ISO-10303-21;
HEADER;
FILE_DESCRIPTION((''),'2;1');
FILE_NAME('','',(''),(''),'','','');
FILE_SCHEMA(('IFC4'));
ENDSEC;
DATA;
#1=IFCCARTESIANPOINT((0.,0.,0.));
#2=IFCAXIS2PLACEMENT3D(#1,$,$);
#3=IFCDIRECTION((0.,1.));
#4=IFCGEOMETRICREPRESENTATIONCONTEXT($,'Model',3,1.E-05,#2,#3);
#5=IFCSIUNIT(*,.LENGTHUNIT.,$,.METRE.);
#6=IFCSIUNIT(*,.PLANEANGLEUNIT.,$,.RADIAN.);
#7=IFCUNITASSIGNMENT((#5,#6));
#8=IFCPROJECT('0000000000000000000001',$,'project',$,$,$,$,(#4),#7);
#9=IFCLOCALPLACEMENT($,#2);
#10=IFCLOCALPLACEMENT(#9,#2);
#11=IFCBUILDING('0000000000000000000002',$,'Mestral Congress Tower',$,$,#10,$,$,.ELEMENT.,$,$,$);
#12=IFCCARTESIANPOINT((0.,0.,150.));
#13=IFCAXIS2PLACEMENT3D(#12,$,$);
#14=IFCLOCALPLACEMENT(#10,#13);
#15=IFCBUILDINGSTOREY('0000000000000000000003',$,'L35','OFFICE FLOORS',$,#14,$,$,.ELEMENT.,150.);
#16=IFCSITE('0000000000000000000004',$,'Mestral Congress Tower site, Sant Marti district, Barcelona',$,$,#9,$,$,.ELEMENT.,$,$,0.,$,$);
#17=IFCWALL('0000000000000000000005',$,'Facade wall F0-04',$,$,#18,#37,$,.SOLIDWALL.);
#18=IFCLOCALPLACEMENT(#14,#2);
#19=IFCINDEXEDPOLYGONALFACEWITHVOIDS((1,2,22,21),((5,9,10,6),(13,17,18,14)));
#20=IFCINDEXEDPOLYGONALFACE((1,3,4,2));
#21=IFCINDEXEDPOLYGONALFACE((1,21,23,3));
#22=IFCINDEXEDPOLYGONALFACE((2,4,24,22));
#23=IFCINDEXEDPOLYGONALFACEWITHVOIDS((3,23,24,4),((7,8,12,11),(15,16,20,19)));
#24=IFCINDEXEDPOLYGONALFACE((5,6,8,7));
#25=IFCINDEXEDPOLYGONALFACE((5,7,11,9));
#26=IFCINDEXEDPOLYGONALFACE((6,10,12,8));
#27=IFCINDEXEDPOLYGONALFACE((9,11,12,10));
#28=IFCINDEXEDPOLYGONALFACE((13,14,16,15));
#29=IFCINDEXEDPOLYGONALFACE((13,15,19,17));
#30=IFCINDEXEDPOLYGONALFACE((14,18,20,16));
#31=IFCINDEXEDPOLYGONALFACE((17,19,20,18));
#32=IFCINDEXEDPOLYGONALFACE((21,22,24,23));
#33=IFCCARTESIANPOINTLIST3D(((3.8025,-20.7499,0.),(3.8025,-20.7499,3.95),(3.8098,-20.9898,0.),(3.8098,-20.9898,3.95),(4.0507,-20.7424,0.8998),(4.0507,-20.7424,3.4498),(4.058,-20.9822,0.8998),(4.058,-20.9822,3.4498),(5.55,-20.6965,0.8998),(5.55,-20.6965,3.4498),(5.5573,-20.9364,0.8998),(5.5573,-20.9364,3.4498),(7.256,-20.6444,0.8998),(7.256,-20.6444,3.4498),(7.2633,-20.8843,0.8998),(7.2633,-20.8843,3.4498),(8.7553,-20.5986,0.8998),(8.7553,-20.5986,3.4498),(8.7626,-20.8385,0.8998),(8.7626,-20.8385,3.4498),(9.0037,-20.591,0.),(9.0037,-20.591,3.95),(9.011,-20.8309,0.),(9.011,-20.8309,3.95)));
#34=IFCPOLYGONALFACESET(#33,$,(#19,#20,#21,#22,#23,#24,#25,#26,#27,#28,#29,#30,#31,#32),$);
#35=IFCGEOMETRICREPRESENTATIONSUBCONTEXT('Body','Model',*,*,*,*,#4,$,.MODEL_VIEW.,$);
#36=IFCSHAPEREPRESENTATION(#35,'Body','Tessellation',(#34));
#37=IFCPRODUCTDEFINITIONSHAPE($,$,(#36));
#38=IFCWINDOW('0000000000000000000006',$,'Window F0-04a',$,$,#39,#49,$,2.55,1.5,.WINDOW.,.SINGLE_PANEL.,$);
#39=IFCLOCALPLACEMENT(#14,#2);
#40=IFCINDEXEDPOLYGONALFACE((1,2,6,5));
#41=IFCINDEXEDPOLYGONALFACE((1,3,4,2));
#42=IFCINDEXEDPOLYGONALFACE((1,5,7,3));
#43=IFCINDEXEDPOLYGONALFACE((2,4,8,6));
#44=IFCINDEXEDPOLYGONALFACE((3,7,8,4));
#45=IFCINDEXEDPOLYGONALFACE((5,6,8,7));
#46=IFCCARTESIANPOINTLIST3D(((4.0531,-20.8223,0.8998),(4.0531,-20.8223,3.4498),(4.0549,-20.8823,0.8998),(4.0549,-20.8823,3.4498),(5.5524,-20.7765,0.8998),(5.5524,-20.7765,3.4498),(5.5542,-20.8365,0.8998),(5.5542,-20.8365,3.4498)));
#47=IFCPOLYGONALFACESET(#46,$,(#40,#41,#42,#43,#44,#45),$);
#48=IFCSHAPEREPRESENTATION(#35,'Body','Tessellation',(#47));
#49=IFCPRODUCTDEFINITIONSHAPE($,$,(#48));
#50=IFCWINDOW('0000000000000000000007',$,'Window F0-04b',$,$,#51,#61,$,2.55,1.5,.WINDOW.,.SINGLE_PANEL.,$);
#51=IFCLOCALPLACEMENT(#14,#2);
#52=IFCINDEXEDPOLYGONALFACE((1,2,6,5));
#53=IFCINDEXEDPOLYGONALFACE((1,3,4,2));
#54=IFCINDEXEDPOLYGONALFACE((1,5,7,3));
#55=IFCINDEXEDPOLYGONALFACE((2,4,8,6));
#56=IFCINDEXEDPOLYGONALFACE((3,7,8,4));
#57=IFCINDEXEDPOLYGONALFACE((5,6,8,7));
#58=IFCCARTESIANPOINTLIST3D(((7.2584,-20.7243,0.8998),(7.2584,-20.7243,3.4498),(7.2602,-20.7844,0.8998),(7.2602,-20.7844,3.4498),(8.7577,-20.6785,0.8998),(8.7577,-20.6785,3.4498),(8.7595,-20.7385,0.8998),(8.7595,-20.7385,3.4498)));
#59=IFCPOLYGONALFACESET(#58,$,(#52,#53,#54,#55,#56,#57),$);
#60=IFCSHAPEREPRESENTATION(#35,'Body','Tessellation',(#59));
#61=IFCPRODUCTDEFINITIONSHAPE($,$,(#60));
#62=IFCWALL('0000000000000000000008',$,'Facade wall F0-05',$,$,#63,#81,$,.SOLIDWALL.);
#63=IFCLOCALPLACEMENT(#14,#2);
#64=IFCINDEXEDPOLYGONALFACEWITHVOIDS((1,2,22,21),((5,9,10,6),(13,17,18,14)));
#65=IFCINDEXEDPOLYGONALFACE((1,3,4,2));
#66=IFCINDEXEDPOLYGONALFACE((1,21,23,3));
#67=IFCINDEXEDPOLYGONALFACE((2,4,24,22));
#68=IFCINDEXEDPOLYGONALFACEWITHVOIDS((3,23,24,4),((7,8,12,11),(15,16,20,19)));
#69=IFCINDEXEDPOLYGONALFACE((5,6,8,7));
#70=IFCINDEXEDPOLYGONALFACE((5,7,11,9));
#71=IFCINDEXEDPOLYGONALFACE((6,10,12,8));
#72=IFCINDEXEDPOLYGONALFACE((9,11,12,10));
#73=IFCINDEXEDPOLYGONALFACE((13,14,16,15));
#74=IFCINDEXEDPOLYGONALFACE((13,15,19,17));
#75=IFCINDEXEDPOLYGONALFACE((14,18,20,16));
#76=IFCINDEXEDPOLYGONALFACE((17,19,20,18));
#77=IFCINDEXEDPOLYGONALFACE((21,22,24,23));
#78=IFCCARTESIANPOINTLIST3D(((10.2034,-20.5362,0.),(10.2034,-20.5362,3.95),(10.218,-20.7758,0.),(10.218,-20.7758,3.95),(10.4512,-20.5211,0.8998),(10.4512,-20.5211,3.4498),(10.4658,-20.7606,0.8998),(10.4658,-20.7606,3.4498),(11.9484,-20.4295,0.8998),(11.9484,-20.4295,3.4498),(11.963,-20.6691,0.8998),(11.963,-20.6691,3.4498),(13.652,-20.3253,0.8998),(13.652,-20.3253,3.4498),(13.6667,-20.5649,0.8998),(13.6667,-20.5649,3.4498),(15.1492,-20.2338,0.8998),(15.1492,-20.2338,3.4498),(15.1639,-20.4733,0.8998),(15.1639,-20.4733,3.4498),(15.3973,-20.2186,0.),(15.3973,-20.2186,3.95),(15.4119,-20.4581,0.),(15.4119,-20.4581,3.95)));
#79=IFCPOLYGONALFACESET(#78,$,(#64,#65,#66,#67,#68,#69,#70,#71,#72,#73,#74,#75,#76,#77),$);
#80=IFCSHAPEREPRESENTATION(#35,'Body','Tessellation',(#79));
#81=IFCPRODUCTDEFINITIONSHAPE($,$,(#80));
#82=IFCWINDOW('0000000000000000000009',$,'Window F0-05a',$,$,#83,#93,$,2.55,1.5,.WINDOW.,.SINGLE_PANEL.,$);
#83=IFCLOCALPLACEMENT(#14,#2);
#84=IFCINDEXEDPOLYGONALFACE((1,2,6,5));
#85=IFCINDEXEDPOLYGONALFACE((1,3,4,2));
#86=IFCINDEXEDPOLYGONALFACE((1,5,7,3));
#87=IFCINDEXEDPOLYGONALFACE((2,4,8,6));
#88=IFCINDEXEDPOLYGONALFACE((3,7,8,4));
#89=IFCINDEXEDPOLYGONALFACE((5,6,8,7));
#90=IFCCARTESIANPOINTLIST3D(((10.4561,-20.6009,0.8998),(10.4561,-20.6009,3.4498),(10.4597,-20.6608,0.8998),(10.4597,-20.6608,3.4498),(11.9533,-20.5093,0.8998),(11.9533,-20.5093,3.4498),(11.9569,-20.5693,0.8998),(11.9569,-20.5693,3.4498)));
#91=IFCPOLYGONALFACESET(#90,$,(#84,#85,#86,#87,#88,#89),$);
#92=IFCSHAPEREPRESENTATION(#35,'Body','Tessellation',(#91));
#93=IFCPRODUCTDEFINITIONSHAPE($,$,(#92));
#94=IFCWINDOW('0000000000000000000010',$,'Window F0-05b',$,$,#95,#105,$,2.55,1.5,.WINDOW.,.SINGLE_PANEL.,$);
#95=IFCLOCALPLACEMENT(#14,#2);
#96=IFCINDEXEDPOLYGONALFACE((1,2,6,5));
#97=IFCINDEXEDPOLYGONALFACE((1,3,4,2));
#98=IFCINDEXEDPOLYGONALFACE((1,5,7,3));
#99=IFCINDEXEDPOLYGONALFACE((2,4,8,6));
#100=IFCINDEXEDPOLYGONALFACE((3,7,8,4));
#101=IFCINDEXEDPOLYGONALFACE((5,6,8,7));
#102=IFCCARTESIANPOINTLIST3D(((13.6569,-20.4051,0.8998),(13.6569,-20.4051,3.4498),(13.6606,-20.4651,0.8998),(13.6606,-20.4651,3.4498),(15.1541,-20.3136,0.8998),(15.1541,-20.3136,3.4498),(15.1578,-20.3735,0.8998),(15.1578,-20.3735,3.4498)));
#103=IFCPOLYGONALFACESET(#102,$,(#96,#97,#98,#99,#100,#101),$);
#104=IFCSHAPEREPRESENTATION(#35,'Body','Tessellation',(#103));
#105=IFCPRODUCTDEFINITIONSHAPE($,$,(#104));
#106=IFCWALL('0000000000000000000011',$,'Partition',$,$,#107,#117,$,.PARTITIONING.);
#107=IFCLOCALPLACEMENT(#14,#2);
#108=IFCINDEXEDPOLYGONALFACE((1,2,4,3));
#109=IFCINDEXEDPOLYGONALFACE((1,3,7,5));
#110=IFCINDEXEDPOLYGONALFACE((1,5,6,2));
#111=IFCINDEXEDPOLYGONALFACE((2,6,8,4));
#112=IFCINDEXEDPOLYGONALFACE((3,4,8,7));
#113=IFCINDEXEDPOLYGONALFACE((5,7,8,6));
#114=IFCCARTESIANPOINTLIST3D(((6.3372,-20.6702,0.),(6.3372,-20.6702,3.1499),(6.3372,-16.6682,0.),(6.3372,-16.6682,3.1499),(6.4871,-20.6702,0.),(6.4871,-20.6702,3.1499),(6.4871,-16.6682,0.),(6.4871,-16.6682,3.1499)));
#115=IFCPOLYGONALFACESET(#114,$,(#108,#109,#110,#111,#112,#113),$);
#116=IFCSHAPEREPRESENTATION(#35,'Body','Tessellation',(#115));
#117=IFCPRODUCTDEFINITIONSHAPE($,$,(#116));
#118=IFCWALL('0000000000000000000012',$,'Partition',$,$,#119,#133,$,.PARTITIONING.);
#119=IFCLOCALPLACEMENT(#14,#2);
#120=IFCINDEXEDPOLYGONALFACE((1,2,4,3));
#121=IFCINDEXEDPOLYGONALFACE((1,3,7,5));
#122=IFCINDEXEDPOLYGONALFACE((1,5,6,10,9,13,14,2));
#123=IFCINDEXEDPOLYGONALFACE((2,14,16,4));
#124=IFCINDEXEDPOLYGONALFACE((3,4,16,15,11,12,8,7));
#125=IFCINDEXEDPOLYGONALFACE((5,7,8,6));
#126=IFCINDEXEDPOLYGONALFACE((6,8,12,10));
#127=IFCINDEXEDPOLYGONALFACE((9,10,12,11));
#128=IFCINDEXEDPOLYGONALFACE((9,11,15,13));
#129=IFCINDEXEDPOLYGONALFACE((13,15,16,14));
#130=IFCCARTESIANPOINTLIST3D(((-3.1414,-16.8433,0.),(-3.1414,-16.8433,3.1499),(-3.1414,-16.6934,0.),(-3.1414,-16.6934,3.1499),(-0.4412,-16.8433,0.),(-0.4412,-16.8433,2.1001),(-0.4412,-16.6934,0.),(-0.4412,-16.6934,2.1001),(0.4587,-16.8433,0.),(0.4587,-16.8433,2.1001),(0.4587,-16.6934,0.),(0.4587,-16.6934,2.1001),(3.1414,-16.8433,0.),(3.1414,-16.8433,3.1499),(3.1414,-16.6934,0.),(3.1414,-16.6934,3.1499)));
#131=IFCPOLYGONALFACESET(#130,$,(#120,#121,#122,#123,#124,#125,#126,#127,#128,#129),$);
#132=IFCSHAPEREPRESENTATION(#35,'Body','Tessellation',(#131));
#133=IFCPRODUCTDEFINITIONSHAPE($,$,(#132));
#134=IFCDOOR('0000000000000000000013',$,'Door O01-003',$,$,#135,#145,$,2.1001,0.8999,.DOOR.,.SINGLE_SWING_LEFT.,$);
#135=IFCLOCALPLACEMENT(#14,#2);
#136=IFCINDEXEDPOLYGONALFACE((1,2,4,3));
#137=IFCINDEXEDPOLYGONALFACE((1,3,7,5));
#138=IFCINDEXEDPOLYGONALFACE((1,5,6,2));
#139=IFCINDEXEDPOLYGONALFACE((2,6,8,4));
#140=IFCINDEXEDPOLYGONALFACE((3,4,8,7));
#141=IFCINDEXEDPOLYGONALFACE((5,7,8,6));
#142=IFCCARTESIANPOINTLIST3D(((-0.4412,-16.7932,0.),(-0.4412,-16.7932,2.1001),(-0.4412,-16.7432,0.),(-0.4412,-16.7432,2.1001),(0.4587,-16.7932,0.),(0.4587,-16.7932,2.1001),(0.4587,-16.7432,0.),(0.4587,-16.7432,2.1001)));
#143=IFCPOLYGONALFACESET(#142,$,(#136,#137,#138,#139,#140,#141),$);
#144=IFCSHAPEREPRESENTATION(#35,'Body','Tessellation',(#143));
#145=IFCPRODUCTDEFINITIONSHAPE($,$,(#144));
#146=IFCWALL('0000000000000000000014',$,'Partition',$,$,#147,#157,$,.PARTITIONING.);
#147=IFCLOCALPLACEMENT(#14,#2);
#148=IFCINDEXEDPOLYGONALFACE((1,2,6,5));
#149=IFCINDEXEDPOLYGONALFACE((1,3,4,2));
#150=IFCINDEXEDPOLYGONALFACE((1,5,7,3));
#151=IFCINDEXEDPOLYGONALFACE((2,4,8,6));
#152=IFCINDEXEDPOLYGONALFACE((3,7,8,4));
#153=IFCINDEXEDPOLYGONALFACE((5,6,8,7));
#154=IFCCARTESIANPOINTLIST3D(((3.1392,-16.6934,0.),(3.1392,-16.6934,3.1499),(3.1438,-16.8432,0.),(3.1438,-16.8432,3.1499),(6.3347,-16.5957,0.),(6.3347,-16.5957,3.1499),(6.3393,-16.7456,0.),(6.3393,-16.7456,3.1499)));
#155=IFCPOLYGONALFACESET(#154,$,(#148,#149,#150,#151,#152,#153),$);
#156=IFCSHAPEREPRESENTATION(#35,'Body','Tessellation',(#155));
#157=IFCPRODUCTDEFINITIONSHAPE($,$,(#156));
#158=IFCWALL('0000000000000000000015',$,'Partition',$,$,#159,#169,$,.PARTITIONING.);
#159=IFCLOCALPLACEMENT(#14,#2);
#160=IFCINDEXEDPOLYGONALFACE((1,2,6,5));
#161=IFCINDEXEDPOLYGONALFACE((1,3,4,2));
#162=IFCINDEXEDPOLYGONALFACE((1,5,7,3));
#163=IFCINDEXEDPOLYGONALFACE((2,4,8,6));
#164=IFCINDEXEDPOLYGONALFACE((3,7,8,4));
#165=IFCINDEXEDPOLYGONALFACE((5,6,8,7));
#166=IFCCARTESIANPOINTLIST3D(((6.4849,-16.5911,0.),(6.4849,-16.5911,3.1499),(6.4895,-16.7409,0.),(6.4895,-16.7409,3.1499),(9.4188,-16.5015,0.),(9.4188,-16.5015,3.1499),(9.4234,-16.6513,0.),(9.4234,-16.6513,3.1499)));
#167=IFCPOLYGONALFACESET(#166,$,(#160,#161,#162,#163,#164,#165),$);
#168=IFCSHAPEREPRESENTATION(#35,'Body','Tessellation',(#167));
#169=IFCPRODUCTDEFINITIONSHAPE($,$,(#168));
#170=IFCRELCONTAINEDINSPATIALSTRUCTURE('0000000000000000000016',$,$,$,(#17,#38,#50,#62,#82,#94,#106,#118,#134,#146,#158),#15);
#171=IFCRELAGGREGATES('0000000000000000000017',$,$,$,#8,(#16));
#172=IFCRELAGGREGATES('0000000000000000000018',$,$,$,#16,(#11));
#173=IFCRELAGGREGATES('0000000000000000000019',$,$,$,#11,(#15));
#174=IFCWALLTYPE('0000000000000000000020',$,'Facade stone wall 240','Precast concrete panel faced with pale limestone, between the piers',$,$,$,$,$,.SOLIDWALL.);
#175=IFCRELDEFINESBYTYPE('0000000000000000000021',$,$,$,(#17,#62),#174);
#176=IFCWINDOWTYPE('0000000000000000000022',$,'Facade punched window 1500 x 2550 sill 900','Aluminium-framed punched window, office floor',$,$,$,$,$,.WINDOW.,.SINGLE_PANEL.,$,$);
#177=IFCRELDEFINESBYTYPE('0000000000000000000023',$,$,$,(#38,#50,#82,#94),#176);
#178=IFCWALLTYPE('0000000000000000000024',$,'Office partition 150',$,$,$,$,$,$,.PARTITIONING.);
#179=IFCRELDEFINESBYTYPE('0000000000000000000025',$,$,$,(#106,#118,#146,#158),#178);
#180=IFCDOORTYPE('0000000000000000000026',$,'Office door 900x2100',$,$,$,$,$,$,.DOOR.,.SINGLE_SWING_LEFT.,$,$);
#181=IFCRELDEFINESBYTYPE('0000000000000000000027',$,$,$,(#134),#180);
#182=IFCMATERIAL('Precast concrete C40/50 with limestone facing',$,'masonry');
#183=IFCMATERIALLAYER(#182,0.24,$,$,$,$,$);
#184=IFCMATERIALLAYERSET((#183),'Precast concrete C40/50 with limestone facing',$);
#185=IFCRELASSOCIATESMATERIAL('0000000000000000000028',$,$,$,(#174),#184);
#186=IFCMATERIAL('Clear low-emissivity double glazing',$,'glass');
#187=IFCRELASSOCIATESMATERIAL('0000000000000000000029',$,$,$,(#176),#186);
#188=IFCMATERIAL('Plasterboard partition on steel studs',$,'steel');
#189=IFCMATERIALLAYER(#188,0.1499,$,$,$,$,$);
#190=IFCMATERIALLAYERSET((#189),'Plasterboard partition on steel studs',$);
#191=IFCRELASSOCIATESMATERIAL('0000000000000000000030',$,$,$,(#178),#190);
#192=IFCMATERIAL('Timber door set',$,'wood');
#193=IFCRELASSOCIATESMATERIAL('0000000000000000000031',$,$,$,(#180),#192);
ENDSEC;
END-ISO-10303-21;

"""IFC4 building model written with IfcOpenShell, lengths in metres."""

from ifc_helpers import new_model, si_unit, direction, frame, frame_2d, origin, place, context, subcontext, project, spatial, rectangle, extrude, material, layer, layer_set, type_object, element, fill, save


model = new_model("IFC4")

# Units and contexts
model_context = context("Model", 3, precision=1e-05, world=origin(), true_north=direction((0.0, 1.0)))
body_context = subcontext(model_context, "Body", "Model", "MODEL_VIEW")
ifc_project = project(units=[si_unit("LENGTHUNIT", "METRE"), si_unit("PLANEANGLEUNIT", "RADIAN")], contexts=[model_context])

# Site, building, storey
site_placement = place(None, origin())
site = spatial("IfcSite", under=ifc_project, at=site_placement, Name="Mestral Congress Tower site, Sant Marti district, Barcelona", CompositionType="ELEMENT", RefElevation=0.0)
building_placement = place(site_placement, origin())
building = spatial("IfcBuilding", under=site, at=building_placement, Name="Mestral Congress Tower", CompositionType="ELEMENT")
storey_placement = place(building_placement, frame((0.0, 0.0, 150.0)))
storey = spatial("IfcBuildingStorey", under=building, at=storey_placement, Name="L35", Description="OFFICE FLOORS", CompositionType="ELEMENT", Elevation=150.0)

# Walls, openings, windows
ifc_material_1 = material(Name="Precast concrete C40/50 with limestone facing", Category="masonry")
ifc_layer_1 = layer(ifc_material_1, 0.24)
ifc_layer_set_1 = layer_set([ifc_layer_1], Name="Precast concrete C40/50 with limestone facing")
wall_type_1 = type_object("IfcWallType", Name="Facade stone wall 240", Description="Precast concrete panel faced with pale limestone, between the piers", PredefinedType="SOLIDWALL", material=ifc_layer_set_1)
wall_1_placement = place(storey_placement, frame((3.8062, -20.8699, 0.0), z_axis=(0.0, 0.0, 1.0), x_axis=(0.999533, 0.030543, 0.0)))
wall_1 = element("IfcWall", 1, at=wall_1_placement, inside=storey, type_object=wall_type_1, Name="Facade wall F0-04", PredefinedType="SOLIDWALL", context=body_context, shape_type="SweptSolid", body=[
    extrude(rectangle(XDim=5.2036, YDim=0.24, at=frame_2d((2.6018, 0.0))), origin(), (0.0, 0.0, 1.0), 3.95),
])
opening_1_placement = place(wall_1_placement, frame((0.2483, 0.0, 0.8999)))
opening_1 = element("IfcOpeningElement", 2, at=opening_1_placement, cuts=wall_1, PredefinedType="OPENING", context=body_context, shape_type="SweptSolid", body=[
    extrude(rectangle(XDim=1.5, YDim=2.55, at=frame_2d((0.75, 1.2749))), frame((0.0, 0.1299, 0.0), z_axis=(0.0, -1.0, 0.0), x_axis=(1.0, 0.0, 0.0)), (0.0, 0.0, 1.0), 0.26),
])
opening_2_placement = place(wall_1_placement, frame((3.4551, 0.0, 0.8999)))
opening_2 = element("IfcOpeningElement", 3, at=opening_2_placement, cuts=wall_1, PredefinedType="OPENING", context=body_context, shape_type="SweptSolid", body=[
    extrude(rectangle(XDim=1.5, YDim=2.55, at=frame_2d((0.75, 1.2749))), frame((0.0, 0.1299, 0.0), z_axis=(0.0, -1.0, 0.0), x_axis=(1.0, 0.0, 0.0)), (0.0, 0.0, 1.0), 0.26),
])
ifc_material_2 = material(Name="Clear low-emissivity double glazing", Category="glass")
window_type = type_object("IfcWindowType", Name="Facade punched window 1500 x 2550 sill 900", Description="Aluminium-framed punched window, office floor", PartitioningType="SINGLE_PANEL", PredefinedType="WINDOW", material=ifc_material_2)
window_1_placement = place(opening_1_placement, origin())
window_1 = element("IfcWindow", 4, at=window_1_placement, inside=storey, type_object=window_type, Name="Window F0-04a", OverallHeight=2.55, OverallWidth=1.5, PartitioningType="SINGLE_PANEL", PredefinedType="WINDOW", context=body_context, shape_type="SweptSolid", body=[
    extrude(rectangle(XDim=1.5, YDim=2.55, at=frame_2d((0.75, 1.2749))), frame((0.0, 0.04, 0.0), z_axis=(0.0, -1.0, 0.0), x_axis=(1.0, 0.0, 0.0)), (0.0, 0.0, 1.0), 0.0601),
])
fill(opening_1, window_1)
window_2_placement = place(opening_2_placement, origin())
window_2 = element("IfcWindow", 5, at=window_2_placement, inside=storey, type_object=window_type, Name="Window F0-04b", OverallHeight=2.55, OverallWidth=1.5, PartitioningType="SINGLE_PANEL", PredefinedType="WINDOW", context=body_context, shape_type="SweptSolid", body=[
    extrude(rectangle(XDim=1.5, YDim=2.55, at=frame_2d((0.75, 1.2749))), frame((0.0, 0.04, 0.0), z_axis=(0.0, -1.0, 0.0), x_axis=(1.0, 0.0, 0.0)), (0.0, 0.0, 1.0), 0.0601),
])
fill(opening_2, window_2)
wall_2_placement = place(storey_placement, frame((10.2107, -20.656, 0.0), z_axis=(0.0, 0.0, 1.0), x_axis=(0.998135, 0.06104, 0.0)))
wall_2 = element("IfcWall", 6, at=wall_2_placement, inside=storey, type_object=wall_type_1, Name="Facade wall F0-05", PredefinedType="SOLIDWALL", context=body_context, shape_type="SweptSolid", body=[
    extrude(rectangle(XDim=5.2036, YDim=0.24, at=frame_2d((2.6018, 0.0))), origin(), (0.0, 0.0, 1.0), 3.95),
])
opening_3_placement = place(wall_2_placement, frame((0.2483, 0.0, 0.8999)))
opening_3 = element("IfcOpeningElement", 7, at=opening_3_placement, cuts=wall_2, PredefinedType="OPENING", context=body_context, shape_type="SweptSolid", body=[
    extrude(rectangle(XDim=1.5, YDim=2.55, at=frame_2d((0.75, 1.2749))), frame((0.0, 0.1299, 0.0), z_axis=(0.0, -1.0, 0.0), x_axis=(1.0, 0.0, 0.0)), (0.0, 0.0, 1.0), 0.26),
])
opening_4_placement = place(wall_2_placement, frame((3.4551, 0.0, 0.8999)))
opening_4 = element("IfcOpeningElement", 8, at=opening_4_placement, cuts=wall_2, PredefinedType="OPENING", context=body_context, shape_type="SweptSolid", body=[
    extrude(rectangle(XDim=1.5, YDim=2.55, at=frame_2d((0.75, 1.2749))), frame((0.0, 0.1299, 0.0), z_axis=(0.0, -1.0, 0.0), x_axis=(1.0, 0.0, 0.0)), (0.0, 0.0, 1.0), 0.26),
])
window_3_placement = place(opening_3_placement, origin())
window_3 = element("IfcWindow", 9, at=window_3_placement, inside=storey, type_object=window_type, Name="Window F0-05a", OverallHeight=2.55, OverallWidth=1.5, PartitioningType="SINGLE_PANEL", PredefinedType="WINDOW", context=body_context, shape_type="SweptSolid", body=[
    extrude(rectangle(XDim=1.5, YDim=2.55, at=frame_2d((0.75, 1.2749))), frame((0.0, 0.04, 0.0), z_axis=(0.0, -1.0, 0.0), x_axis=(1.0, 0.0, 0.0)), (0.0, 0.0, 1.0), 0.0601),
])
fill(opening_3, window_3)
window_4_placement = place(opening_4_placement, origin())
window_4 = element("IfcWindow", 10, at=window_4_placement, inside=storey, type_object=window_type, Name="Window F0-05b", OverallHeight=2.55, OverallWidth=1.5, PartitioningType="SINGLE_PANEL", PredefinedType="WINDOW", context=body_context, shape_type="SweptSolid", body=[
    extrude(rectangle(XDim=1.5, YDim=2.55, at=frame_2d((0.75, 1.2749))), frame((0.0, 0.04, 0.0), z_axis=(0.0, -1.0, 0.0), x_axis=(1.0, 0.0, 0.0)), (0.0, 0.0, 1.0), 0.0601),
])
fill(opening_4, window_4)

# Wall
ifc_material_3 = material(Name="Plasterboard partition on steel studs", Category="steel")
ifc_layer_2 = layer(ifc_material_3, 0.1499)
ifc_layer_set_2 = layer_set([ifc_layer_2], Name="Plasterboard partition on steel studs")
wall_type_2 = type_object("IfcWallType", Name="Office partition 150", PredefinedType="PARTITIONING", material=ifc_layer_set_2)
wall_3_placement = place(storey_placement, frame((6.4121, -16.6682, 0.0), z_axis=(0.0, 0.0, 1.0), x_axis=(0.0, -1.0, 0.0)))
element("IfcWall", 11, at=wall_3_placement, inside=storey, type_object=wall_type_2, Name="Partition", PredefinedType="PARTITIONING", context=body_context, shape_type="SweptSolid", body=[
    extrude(rectangle(XDim=4.002, YDim=0.1499, at=frame_2d((2.001, 0.0))), origin(), (0.0, 0.0, 1.0), 3.1499),
])

# Wall, opening, door
wall_4_placement = place(storey_placement, frame((3.1414, -16.7683, 0.0), z_axis=(0.0, 0.0, 1.0), x_axis=(-1.0, 0.0, 0.0)))
wall_4 = element("IfcWall", 12, at=wall_4_placement, inside=storey, type_object=wall_type_2, Name="Partition", PredefinedType="PARTITIONING", context=body_context, shape_type="SweptSolid", body=[
    extrude(rectangle(XDim=6.2827, YDim=0.1499, at=frame_2d((3.1414, 0.0))), origin(), (0.0, 0.0, 1.0), 3.1499),
])
opening_5_placement = place(wall_4_placement, frame((2.6826, 0.0, 0.0)))
opening_5 = element("IfcOpeningElement", 13, at=opening_5_placement, cuts=wall_4, PredefinedType="OPENING", context=body_context, shape_type="SweptSolid", body=[
    extrude(rectangle(XDim=0.8999, YDim=2.1001, at=frame_2d((0.45, 1.05))), frame((0.0, 0.085, 0.0), z_axis=(0.0, -1.0, 0.0), x_axis=(1.0, 0.0, 0.0)), (0.0, 0.0, 1.0), 0.1699),
])
ifc_material_4 = material(Name="Timber door set", Category="wood")
door_type_1 = type_object("IfcDoorType", Name="Office door 900x2100", OperationType="SINGLE_SWING_LEFT", PredefinedType="DOOR", material=ifc_material_4)
door_1_placement = place(opening_5_placement, origin())
door_1 = element("IfcDoor", 14, at=door_1_placement, inside=storey, type_object=door_type_1, Name="Door O01-003", OperationType="SINGLE_SWING_LEFT", OverallHeight=2.1001, OverallWidth=0.8999, PredefinedType="DOOR", context=body_context, shape_type="SweptSolid", body=[
    extrude(rectangle(XDim=0.8999, YDim=2.1001, at=frame_2d((0.45, 1.05))), frame((0.0, 0.0249, 0.0), z_axis=(0.0, -1.0, 0.0), x_axis=(1.0, 0.0, 0.0)), (0.0, 0.0, 1.0), 0.05),
])
fill(opening_5, door_1)

# Walls
wall_5_placement = place(storey_placement, frame((3.1414, -16.7683, 0.0), z_axis=(0.0, 0.0, 1.0), x_axis=(0.999533, 0.030546, 0.0)))
element("IfcWall", 15, at=wall_5_placement, inside=storey, type_object=wall_type_2, Name="Partition", PredefinedType="PARTITIONING", context=body_context, shape_type="SweptSolid", body=[
    extrude(rectangle(XDim=3.197, YDim=0.1499, at=frame_2d((1.5986, 0.0))), origin(), (0.0, 0.0, 1.0), 3.1499),
])
wall_6_placement = place(storey_placement, frame((6.4871, -16.666, 0.0), z_axis=(0.0, 0.0, 1.0), x_axis=(0.999534, 0.030526, 0.0)))
element("IfcWall", 16, at=wall_6_placement, inside=storey, type_object=wall_type_2, Name="Partition", PredefinedType="PARTITIONING", context=body_context, shape_type="SweptSolid", body=[
    extrude(rectangle(XDim=2.9353, YDim=0.1499, at=frame_2d((1.4678, 0.0))), origin(), (0.0, 0.0, 1.0), 3.1499),
])

save(model, "model.ifc")
